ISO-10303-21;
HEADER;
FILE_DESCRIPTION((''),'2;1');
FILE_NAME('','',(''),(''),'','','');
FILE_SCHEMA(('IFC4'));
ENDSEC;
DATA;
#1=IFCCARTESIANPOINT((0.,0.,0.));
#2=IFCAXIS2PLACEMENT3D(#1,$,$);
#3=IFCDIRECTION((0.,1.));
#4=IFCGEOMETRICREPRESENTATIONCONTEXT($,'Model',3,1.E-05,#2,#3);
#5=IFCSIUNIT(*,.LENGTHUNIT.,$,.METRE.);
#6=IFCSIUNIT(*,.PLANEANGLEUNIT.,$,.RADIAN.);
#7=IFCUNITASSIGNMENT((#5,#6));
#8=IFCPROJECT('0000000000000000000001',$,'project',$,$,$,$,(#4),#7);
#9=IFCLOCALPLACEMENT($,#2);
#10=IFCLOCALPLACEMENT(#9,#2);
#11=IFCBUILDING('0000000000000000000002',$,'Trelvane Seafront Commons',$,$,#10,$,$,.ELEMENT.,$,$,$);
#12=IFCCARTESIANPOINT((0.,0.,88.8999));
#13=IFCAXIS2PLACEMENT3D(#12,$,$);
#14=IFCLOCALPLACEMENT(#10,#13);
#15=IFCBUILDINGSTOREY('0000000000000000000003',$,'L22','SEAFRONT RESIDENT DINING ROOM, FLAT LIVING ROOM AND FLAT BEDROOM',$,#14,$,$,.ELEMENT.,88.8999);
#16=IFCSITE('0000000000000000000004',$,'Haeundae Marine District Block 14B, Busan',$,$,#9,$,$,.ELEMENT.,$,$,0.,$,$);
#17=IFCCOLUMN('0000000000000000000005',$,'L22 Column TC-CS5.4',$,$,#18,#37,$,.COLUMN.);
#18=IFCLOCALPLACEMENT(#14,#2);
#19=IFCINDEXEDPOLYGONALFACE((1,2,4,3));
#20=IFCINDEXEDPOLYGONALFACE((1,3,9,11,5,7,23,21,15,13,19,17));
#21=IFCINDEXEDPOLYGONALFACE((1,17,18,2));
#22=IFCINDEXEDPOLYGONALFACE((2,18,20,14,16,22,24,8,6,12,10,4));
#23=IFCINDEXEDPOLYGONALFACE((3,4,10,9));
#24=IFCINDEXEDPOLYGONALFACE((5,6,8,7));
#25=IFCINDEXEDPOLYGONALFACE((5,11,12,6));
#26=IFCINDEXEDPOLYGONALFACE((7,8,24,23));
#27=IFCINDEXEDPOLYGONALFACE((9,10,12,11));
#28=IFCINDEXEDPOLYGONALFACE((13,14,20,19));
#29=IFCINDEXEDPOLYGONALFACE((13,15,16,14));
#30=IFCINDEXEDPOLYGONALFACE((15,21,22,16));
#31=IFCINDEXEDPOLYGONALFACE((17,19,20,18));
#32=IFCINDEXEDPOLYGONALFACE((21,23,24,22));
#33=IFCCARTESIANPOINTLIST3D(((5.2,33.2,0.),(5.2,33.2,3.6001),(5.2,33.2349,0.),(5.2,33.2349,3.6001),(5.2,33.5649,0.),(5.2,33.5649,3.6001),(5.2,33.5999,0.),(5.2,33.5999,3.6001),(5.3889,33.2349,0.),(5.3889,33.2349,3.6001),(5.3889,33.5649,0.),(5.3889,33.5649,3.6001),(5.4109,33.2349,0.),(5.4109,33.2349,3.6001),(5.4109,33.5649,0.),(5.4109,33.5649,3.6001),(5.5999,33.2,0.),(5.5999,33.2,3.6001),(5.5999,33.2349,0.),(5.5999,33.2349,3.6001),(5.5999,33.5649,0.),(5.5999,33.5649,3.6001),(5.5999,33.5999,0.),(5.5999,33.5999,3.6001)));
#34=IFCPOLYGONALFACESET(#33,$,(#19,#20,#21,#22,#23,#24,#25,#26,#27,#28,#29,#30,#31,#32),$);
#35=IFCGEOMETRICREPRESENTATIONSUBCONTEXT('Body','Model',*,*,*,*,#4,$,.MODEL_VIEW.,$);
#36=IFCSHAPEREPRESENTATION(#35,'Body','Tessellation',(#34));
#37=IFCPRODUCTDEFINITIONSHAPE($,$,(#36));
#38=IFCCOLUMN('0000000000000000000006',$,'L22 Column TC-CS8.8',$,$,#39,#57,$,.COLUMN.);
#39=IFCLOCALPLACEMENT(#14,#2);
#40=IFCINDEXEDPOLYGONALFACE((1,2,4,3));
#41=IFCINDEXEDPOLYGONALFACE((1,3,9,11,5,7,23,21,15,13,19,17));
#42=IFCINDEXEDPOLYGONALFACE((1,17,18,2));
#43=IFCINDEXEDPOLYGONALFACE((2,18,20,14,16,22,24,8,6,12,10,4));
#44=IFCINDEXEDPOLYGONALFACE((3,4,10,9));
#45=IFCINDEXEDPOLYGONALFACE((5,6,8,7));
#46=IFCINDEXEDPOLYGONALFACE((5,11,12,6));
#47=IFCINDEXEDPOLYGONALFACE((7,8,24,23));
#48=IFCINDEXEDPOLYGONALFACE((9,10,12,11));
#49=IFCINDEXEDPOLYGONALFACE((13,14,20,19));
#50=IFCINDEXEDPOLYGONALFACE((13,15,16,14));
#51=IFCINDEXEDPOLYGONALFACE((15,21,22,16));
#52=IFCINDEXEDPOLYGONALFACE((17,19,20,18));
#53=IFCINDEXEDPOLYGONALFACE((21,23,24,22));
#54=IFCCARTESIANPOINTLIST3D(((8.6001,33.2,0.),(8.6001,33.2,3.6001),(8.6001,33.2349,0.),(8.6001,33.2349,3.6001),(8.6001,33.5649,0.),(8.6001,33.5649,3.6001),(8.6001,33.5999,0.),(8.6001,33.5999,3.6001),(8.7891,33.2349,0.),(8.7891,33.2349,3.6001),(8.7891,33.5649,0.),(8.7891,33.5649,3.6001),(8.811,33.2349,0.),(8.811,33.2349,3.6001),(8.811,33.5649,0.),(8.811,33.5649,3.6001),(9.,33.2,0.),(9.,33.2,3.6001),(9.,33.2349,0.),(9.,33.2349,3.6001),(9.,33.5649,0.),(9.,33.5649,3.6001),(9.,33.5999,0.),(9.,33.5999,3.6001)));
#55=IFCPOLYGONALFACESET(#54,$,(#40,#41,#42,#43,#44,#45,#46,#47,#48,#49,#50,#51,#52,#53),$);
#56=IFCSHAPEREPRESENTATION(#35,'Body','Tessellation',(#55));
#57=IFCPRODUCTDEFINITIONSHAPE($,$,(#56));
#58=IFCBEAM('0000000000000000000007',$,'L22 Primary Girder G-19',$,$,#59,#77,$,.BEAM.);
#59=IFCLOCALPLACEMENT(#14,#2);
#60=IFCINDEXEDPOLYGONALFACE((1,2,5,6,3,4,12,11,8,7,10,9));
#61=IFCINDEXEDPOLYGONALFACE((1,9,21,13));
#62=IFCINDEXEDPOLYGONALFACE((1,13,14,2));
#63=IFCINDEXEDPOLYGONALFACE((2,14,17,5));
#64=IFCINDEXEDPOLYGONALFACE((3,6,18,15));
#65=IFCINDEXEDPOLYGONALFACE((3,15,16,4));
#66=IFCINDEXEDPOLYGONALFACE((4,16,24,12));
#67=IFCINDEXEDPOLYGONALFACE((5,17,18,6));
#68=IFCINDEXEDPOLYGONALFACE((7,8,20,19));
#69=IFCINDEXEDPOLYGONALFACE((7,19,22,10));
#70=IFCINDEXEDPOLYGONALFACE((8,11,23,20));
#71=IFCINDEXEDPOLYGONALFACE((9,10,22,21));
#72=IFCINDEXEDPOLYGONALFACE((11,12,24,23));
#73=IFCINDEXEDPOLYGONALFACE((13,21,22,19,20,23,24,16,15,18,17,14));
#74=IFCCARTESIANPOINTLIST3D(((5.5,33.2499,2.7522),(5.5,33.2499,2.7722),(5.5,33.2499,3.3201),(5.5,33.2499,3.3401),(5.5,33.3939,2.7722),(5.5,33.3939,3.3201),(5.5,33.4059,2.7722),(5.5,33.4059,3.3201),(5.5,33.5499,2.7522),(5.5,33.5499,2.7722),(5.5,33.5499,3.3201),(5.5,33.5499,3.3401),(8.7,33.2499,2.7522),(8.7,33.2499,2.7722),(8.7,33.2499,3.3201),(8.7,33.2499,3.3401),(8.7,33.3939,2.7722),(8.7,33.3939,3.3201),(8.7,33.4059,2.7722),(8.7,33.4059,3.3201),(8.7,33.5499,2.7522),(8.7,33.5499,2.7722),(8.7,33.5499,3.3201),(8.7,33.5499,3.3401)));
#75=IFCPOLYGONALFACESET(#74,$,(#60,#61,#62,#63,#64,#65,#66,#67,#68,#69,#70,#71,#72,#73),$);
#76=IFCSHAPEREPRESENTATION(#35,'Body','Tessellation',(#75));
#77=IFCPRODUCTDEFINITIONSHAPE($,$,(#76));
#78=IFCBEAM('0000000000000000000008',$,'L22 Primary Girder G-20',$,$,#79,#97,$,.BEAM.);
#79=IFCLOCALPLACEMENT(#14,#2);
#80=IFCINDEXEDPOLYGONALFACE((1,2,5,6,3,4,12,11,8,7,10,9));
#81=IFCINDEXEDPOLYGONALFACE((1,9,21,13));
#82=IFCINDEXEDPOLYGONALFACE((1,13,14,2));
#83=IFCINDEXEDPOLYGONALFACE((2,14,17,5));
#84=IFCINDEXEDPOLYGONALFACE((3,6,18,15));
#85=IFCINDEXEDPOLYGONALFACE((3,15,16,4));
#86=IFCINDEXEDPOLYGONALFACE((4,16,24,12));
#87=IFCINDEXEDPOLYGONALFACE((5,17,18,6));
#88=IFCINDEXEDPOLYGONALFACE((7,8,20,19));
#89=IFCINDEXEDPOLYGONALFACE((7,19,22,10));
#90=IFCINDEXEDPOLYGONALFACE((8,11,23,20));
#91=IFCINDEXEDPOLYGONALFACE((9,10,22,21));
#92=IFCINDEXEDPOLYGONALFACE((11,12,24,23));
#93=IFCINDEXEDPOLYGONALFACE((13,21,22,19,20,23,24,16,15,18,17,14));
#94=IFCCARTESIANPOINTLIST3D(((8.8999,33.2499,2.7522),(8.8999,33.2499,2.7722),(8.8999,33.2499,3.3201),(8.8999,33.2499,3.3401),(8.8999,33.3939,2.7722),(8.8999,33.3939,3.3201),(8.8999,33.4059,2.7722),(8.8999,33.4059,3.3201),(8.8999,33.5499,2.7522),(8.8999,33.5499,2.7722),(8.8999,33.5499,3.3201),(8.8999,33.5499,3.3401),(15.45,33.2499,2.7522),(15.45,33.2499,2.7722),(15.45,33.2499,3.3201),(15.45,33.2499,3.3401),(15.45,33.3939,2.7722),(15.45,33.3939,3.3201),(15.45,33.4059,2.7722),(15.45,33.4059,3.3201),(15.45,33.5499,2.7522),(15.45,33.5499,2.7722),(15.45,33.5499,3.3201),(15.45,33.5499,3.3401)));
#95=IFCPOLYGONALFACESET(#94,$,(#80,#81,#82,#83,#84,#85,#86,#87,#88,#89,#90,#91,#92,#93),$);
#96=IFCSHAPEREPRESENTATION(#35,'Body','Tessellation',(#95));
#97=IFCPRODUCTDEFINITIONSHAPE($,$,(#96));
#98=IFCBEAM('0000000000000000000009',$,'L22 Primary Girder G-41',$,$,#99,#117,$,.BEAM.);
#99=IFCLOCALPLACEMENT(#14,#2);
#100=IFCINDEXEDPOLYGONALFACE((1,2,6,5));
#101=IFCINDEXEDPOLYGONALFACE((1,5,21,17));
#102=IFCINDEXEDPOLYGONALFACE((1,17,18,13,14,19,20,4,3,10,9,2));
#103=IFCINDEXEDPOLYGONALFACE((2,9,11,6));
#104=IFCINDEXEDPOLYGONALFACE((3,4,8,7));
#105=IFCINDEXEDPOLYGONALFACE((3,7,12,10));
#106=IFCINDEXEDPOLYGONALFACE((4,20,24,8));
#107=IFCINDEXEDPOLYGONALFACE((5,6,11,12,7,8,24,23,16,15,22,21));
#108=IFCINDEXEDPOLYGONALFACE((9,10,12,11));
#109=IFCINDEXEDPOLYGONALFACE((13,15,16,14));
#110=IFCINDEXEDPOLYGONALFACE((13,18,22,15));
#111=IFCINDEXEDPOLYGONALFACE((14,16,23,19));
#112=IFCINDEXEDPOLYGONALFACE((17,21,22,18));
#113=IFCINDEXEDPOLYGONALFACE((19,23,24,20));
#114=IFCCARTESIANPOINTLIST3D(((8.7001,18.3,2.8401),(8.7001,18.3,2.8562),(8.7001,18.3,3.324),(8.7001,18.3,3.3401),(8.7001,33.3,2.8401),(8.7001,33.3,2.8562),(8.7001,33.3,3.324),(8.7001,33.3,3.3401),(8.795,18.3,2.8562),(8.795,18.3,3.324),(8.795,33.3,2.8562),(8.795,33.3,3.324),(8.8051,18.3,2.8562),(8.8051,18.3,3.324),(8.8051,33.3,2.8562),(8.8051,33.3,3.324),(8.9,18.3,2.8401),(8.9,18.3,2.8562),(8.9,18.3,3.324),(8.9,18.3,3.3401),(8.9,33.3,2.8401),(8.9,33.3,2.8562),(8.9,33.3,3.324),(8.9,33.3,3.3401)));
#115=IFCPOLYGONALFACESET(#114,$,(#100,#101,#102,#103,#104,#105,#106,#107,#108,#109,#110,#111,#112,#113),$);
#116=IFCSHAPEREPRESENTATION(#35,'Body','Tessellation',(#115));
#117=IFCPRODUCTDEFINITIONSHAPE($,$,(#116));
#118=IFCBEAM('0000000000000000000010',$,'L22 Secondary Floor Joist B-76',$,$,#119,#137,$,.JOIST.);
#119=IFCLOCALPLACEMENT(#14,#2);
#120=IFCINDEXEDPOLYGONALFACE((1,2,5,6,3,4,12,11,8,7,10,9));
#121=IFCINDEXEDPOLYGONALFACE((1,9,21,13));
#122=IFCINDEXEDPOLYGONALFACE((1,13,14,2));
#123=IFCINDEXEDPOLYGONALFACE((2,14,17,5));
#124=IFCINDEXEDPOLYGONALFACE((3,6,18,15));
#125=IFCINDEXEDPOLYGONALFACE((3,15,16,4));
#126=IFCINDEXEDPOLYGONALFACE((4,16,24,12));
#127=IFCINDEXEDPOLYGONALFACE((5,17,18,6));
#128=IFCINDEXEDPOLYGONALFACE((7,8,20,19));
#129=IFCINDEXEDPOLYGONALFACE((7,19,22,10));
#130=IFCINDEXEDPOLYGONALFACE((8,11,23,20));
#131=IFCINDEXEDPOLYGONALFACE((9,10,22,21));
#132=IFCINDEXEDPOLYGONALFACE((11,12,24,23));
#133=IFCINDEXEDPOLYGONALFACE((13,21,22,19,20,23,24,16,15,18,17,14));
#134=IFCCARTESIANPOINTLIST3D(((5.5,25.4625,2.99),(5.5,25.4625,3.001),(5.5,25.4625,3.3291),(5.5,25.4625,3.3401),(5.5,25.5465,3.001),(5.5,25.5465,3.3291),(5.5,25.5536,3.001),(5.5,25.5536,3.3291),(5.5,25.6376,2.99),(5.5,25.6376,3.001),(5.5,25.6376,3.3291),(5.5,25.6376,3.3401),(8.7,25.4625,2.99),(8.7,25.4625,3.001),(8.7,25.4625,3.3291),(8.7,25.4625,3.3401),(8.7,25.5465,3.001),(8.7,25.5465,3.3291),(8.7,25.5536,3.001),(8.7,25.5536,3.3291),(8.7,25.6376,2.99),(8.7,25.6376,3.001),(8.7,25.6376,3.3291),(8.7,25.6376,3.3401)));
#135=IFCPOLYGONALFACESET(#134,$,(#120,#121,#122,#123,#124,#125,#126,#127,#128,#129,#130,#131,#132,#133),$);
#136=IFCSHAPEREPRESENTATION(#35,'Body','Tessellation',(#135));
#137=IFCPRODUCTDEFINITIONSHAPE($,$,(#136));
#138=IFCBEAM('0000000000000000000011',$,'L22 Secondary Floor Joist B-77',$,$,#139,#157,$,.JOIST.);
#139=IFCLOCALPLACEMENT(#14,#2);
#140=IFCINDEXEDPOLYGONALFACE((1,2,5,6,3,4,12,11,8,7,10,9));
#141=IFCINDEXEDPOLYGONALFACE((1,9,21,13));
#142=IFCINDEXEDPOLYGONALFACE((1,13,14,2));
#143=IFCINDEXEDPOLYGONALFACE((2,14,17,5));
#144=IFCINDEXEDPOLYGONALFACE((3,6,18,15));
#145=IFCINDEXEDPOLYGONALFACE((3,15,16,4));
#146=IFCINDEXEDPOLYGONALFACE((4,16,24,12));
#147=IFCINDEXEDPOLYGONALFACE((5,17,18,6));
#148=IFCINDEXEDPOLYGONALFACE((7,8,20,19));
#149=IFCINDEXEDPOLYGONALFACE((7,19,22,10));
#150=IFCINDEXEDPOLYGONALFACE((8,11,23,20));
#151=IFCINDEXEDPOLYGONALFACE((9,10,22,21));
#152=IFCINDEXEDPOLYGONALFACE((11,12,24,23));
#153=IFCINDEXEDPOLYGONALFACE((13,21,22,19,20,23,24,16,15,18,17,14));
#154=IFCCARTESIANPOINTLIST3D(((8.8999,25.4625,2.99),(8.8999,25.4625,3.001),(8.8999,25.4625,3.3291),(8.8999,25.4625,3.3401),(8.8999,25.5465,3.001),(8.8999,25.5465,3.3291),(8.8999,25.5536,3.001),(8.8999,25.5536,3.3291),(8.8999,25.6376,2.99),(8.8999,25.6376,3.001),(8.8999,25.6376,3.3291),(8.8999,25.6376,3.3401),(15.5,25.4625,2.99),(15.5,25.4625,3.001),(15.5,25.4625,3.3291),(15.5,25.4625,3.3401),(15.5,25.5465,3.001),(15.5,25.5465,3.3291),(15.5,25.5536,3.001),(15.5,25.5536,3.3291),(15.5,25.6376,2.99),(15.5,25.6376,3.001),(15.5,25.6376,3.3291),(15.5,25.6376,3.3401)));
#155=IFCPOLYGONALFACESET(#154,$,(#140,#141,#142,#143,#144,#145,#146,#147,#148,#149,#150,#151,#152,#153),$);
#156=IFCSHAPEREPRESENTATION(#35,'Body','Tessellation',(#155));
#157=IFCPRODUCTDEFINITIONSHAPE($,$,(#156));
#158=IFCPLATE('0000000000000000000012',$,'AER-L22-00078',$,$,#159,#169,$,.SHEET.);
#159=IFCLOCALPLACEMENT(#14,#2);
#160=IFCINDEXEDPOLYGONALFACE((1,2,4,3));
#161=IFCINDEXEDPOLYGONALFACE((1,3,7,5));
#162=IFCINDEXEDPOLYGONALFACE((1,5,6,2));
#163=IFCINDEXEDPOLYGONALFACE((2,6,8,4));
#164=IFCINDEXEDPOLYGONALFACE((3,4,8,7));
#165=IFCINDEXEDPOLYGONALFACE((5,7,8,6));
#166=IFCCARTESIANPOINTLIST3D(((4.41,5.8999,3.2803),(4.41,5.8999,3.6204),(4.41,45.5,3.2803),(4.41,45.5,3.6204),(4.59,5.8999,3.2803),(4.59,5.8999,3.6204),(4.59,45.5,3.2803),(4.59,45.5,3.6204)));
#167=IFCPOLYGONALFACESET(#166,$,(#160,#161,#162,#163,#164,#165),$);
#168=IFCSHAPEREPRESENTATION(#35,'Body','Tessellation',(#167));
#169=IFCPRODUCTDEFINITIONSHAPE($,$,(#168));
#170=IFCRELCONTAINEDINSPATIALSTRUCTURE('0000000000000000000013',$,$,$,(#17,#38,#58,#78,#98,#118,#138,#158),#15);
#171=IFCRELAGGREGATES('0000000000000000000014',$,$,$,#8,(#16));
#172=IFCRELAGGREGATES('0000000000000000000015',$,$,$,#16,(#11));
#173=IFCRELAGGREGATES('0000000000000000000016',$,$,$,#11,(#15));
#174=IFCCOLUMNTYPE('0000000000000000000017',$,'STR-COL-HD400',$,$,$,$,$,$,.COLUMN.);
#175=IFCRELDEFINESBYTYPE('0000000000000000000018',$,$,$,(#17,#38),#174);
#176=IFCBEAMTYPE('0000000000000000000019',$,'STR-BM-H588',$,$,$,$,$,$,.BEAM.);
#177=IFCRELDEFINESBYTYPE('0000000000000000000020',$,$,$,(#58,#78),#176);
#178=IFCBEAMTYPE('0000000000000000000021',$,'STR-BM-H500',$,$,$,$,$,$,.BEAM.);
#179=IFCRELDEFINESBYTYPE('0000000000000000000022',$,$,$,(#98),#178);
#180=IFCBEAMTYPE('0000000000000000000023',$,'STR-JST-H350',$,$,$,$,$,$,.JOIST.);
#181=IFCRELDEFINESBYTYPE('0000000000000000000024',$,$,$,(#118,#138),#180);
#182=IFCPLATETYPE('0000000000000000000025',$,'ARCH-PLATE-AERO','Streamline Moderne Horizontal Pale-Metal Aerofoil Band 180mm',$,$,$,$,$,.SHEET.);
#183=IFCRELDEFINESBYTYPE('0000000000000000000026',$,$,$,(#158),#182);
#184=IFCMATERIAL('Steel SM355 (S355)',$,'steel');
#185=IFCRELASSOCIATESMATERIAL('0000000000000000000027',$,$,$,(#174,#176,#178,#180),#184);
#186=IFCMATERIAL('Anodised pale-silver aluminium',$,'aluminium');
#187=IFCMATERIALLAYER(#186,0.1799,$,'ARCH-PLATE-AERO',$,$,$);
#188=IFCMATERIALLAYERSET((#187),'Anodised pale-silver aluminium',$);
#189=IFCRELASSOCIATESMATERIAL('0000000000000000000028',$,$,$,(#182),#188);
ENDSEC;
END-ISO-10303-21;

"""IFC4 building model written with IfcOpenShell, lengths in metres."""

from ifc_helpers import new_model, si_unit, direction, frame, origin, origin_2d, place, context, subcontext, project, spatial, rectangle, i_section, extrude, source, transform, mapped, material, layer, layer_set, material_profile, profile_set, type_object, element, save


model = new_model("IFC4")

# Units and contexts
model_context = context("Model", 3, precision=1e-05, world=origin(), true_north=direction((0.0, 1.0)))
body_context = subcontext(model_context, "Body", "Model", "MODEL_VIEW")
ifc_project = project(units=[si_unit("LENGTHUNIT", "METRE"), si_unit("PLANEANGLEUNIT", "RADIAN")], contexts=[model_context])

# Site, building, storey
site_placement = place(None, origin())
site = spatial("IfcSite", under=ifc_project, at=site_placement, Name="Haeundae Marine District Block 14B, Busan", CompositionType="ELEMENT", RefElevation=0.0)
building_placement = place(site_placement, origin())
building = spatial("IfcBuilding", under=site, at=building_placement, Name="Trelvane Seafront Commons", CompositionType="ELEMENT")
storey_placement = place(building_placement, frame((0.0, 0.0, 88.8999)))
storey = spatial("IfcBuildingStorey", under=building, at=storey_placement, Name="L22", Description="SEAFRONT RESIDENT DINING ROOM, FLAT LIVING ROOM AND FLAT BEDROOM", CompositionType="ELEMENT", Elevation=88.8999)

# Columns
ifc_material_1 = material(Name="Steel SM355 (S355)", Category="steel")
ifc_material_profile_1 = material_profile(ifc_material_1, i_section(OverallWidth=0.3999, OverallDepth=0.3999, WebThickness=0.022, FlangeThickness=0.0349, at=origin_2d()), Name="HD-400x400x22x35")
ifc_profile_set_1 = profile_set([ifc_material_profile_1], Name="Steel SM355 (S355)")
column_type = type_object("IfcColumnType", Name="STR-COL-HD400", PredefinedType="COLUMN", material=ifc_profile_set_1)
shared_shape_1 = source(origin(), body_context, "Body", "SweptSolid", [
    extrude(i_section(OverallWidth=0.3999, OverallDepth=0.3999, WebThickness=0.022, FlangeThickness=0.0349, at=origin_2d()), origin(), (0.0, 0.0, 1.0), 3.6001),
])
for number, where, z_axis, x_axis, name in (
    (1, (5.3999, 33.3999, 0.0), (0.0, 0.0, 1.0), (1.0, 0.0, 0.0), "L22 Column TC-CS5.4"),
    (2, (8.8, 33.3999, 0.0), (0.0, 0.0, 1.0), (1.0, 0.0, 0.0), "L22 Column TC-CS8.8"),
):
    element("IfcColumn", number, at=place(storey_placement, frame(where, z_axis=z_axis, x_axis=x_axis)), inside=storey, type_object=column_type, Name=name, PredefinedType="COLUMN", context=body_context, shape_type="MappedRepresentation", body=[
        mapped(shared_shape_1, transform((0.0, 0.0, 0.0), x_axis=(1.0, 0.0, 0.0), y_axis=(0.0, 1.0, 0.0), z_axis=(0.0, 0.0, 1.0), scale=1.0)),
    ])

# Beams
ifc_material_profile_2 = material_profile(ifc_material_1, i_section(OverallWidth=0.3, OverallDepth=0.5879, WebThickness=0.012, FlangeThickness=0.02, at=origin_2d()), Name="H-588x300x12x20")
ifc_profile_set_2 = profile_set([ifc_material_profile_2], Name="Steel SM355 (S355)")
beam_type_1 = type_object("IfcBeamType", Name="STR-BM-H588", PredefinedType="BEAM", material=ifc_profile_set_2)
shared_shape_2 = source(origin(), body_context, "Body", "SweptSolid", [
    extrude(i_section(OverallWidth=0.3, OverallDepth=0.5879, WebThickness=0.012, FlangeThickness=0.02, at=origin_2d()), origin(), (0.0, 0.0, 1.0), 3.2),
])
beam_1_placement = place(storey_placement, frame((5.5, 33.3999, 3.0461), z_axis=(1.0, 0.0, 0.0), x_axis=(0.0, 1.0, 0.0)))
element("IfcBeam", 3, at=beam_1_placement, inside=storey, type_object=beam_type_1, Name="L22 Primary Girder G-19", PredefinedType="BEAM", context=body_context, shape_type="MappedRepresentation", body=[
    mapped(shared_shape_2, transform((0.0, 0.0, 0.0), x_axis=(1.0, 0.0, 0.0), y_axis=(0.0, 1.0, 0.0), z_axis=(0.0, 0.0, 1.0), scale=1.0)),
])
shared_shape_3 = source(origin(), body_context, "Body", "SweptSolid", [
    extrude(i_section(OverallWidth=0.3, OverallDepth=0.5879, WebThickness=0.012, FlangeThickness=0.02, at=origin_2d()), origin(), (0.0, 0.0, 1.0), 6.55),
])
beam_2_placement = place(storey_placement, frame((8.8999, 33.3999, 3.0461), z_axis=(1.0, 0.0, 0.0), x_axis=(0.0, 1.0, 0.0)))
element("IfcBeam", 4, at=beam_2_placement, inside=storey, type_object=beam_type_1, Name="L22 Primary Girder G-20", PredefinedType="BEAM", context=body_context, shape_type="MappedRepresentation", body=[
    mapped(shared_shape_3, transform((0.0, 0.0, 0.0), x_axis=(1.0, 0.0, 0.0), y_axis=(0.0, 1.0, 0.0), z_axis=(0.0, 0.0, 1.0), scale=1.0)),
])
ifc_material_profile_3 = material_profile(ifc_material_1, i_section(OverallWidth=0.2, OverallDepth=0.5, WebThickness=0.01, FlangeThickness=0.0161, at=origin_2d()), Name="H-500x200x10x16")
ifc_profile_set_3 = profile_set([ifc_material_profile_3], Name="Steel SM355 (S355)")
beam_type_2 = type_object("IfcBeamType", Name="STR-BM-H500", PredefinedType="BEAM", material=ifc_profile_set_3)
shared_shape_4 = source(origin(), body_context, "Body", "SweptSolid", [
    extrude(i_section(OverallWidth=0.2, OverallDepth=0.5, WebThickness=0.01, FlangeThickness=0.0161, at=origin_2d()), origin(), (0.0, 0.0, 1.0), 15.0),
])
beam_3_placement = place(storey_placement, frame((8.8, 18.3, 3.0901), z_axis=(0.0, 1.0, 0.0), x_axis=(-1.0, 0.0, 0.0)))
element("IfcBeam", 5, at=beam_3_placement, inside=storey, type_object=beam_type_2, Name="L22 Primary Girder G-41", PredefinedType="BEAM", context=body_context, shape_type="MappedRepresentation", body=[
    mapped(shared_shape_4, transform((0.0, 0.0, 0.0), x_axis=(1.0, 0.0, 0.0), y_axis=(0.0, 1.0, 0.0), z_axis=(0.0, 0.0, 1.0), scale=1.0)),
])
ifc_material_profile_4 = material_profile(ifc_material_1, i_section(OverallWidth=0.175, OverallDepth=0.3501, WebThickness=0.0071, FlangeThickness=0.011, at=origin_2d()), Name="H-350x175x7x11")
ifc_profile_set_4 = profile_set([ifc_material_profile_4], Name="Steel SM355 (S355)")
beam_type_3 = type_object("IfcBeamType", Name="STR-JST-H350", PredefinedType="JOIST", material=ifc_profile_set_4)
shared_shape_5 = source(origin(), body_context, "Body", "SweptSolid", [
    extrude(i_section(OverallWidth=0.175, OverallDepth=0.3501, WebThickness=0.0071, FlangeThickness=0.011, at=origin_2d()), origin(), (0.0, 0.0, 1.0), 3.2),
])
beam_4_placement = place(storey_placement, frame((5.5, 25.55, 3.165), z_axis=(1.0, 0.0, 0.0), x_axis=(0.0, 1.0, 0.0)))
element("IfcBeam", 6, at=beam_4_placement, inside=storey, type_object=beam_type_3, Name="L22 Secondary Floor Joist B-76", PredefinedType="JOIST", context=body_context, shape_type="MappedRepresentation", body=[
    mapped(shared_shape_5, transform((0.0, 0.0, 0.0), x_axis=(1.0, 0.0, 0.0), y_axis=(0.0, 1.0, 0.0), z_axis=(0.0, 0.0, 1.0), scale=1.0)),
])
shared_shape_6 = source(origin(), body_context, "Body", "SweptSolid", [
    extrude(i_section(OverallWidth=0.175, OverallDepth=0.3501, WebThickness=0.0071, FlangeThickness=0.011, at=origin_2d()), origin(), (0.0, 0.0, 1.0), 6.6001),
])
beam_5_placement = place(storey_placement, frame((8.8999, 25.55, 3.165), z_axis=(1.0, 0.0, 0.0), x_axis=(0.0, 1.0, 0.0)))
element("IfcBeam", 7, at=beam_5_placement, inside=storey, type_object=beam_type_3, Name="L22 Secondary Floor Joist B-77", PredefinedType="JOIST", context=body_context, shape_type="MappedRepresentation", body=[
    mapped(shared_shape_6, transform((0.0, 0.0, 0.0), x_axis=(1.0, 0.0, 0.0), y_axis=(0.0, 1.0, 0.0), z_axis=(0.0, 0.0, 1.0), scale=1.0)),
])

# Plate
ifc_material_2 = material(Name="Anodised pale-silver aluminium", Category="aluminium")
ifc_layer_1 = layer(ifc_material_2, 0.1799, Name="ARCH-PLATE-AERO")
ifc_layer_set_1 = layer_set([ifc_layer_1], Name="Anodised pale-silver aluminium")
plate_type = type_object("IfcPlateType", Name="ARCH-PLATE-AERO", Description="Streamline Moderne Horizontal Pale-Metal Aerofoil Band 180mm", PredefinedType="SHEET", material=ifc_layer_set_1)
shared_shape_7 = source(origin(), body_context, "Body", "SweptSolid", [
    extrude(rectangle(XDim=39.6001, YDim=0.1799, at=origin_2d()), origin(), (0.0, 0.0, 1.0), 0.3401),
])
plate_placement = place(storey_placement, frame((4.5, 25.7, 3.2803), z_axis=(0.0, 0.0, 1.0), x_axis=(0.0, 1.0, 0.0)))
element("IfcPlate", 8, at=plate_placement, inside=storey, type_object=plate_type, Name="AER-L22-00078", PredefinedType="SHEET", context=body_context, shape_type="MappedRepresentation", body=[
    mapped(shared_shape_7, transform((0.0, 0.0, 0.0), x_axis=(1.0, 0.0, 0.0), y_axis=(0.0, 1.0, 0.0), z_axis=(0.0, 0.0, 1.0), scale=1.0)),
])

save(model, "model.ifc")
